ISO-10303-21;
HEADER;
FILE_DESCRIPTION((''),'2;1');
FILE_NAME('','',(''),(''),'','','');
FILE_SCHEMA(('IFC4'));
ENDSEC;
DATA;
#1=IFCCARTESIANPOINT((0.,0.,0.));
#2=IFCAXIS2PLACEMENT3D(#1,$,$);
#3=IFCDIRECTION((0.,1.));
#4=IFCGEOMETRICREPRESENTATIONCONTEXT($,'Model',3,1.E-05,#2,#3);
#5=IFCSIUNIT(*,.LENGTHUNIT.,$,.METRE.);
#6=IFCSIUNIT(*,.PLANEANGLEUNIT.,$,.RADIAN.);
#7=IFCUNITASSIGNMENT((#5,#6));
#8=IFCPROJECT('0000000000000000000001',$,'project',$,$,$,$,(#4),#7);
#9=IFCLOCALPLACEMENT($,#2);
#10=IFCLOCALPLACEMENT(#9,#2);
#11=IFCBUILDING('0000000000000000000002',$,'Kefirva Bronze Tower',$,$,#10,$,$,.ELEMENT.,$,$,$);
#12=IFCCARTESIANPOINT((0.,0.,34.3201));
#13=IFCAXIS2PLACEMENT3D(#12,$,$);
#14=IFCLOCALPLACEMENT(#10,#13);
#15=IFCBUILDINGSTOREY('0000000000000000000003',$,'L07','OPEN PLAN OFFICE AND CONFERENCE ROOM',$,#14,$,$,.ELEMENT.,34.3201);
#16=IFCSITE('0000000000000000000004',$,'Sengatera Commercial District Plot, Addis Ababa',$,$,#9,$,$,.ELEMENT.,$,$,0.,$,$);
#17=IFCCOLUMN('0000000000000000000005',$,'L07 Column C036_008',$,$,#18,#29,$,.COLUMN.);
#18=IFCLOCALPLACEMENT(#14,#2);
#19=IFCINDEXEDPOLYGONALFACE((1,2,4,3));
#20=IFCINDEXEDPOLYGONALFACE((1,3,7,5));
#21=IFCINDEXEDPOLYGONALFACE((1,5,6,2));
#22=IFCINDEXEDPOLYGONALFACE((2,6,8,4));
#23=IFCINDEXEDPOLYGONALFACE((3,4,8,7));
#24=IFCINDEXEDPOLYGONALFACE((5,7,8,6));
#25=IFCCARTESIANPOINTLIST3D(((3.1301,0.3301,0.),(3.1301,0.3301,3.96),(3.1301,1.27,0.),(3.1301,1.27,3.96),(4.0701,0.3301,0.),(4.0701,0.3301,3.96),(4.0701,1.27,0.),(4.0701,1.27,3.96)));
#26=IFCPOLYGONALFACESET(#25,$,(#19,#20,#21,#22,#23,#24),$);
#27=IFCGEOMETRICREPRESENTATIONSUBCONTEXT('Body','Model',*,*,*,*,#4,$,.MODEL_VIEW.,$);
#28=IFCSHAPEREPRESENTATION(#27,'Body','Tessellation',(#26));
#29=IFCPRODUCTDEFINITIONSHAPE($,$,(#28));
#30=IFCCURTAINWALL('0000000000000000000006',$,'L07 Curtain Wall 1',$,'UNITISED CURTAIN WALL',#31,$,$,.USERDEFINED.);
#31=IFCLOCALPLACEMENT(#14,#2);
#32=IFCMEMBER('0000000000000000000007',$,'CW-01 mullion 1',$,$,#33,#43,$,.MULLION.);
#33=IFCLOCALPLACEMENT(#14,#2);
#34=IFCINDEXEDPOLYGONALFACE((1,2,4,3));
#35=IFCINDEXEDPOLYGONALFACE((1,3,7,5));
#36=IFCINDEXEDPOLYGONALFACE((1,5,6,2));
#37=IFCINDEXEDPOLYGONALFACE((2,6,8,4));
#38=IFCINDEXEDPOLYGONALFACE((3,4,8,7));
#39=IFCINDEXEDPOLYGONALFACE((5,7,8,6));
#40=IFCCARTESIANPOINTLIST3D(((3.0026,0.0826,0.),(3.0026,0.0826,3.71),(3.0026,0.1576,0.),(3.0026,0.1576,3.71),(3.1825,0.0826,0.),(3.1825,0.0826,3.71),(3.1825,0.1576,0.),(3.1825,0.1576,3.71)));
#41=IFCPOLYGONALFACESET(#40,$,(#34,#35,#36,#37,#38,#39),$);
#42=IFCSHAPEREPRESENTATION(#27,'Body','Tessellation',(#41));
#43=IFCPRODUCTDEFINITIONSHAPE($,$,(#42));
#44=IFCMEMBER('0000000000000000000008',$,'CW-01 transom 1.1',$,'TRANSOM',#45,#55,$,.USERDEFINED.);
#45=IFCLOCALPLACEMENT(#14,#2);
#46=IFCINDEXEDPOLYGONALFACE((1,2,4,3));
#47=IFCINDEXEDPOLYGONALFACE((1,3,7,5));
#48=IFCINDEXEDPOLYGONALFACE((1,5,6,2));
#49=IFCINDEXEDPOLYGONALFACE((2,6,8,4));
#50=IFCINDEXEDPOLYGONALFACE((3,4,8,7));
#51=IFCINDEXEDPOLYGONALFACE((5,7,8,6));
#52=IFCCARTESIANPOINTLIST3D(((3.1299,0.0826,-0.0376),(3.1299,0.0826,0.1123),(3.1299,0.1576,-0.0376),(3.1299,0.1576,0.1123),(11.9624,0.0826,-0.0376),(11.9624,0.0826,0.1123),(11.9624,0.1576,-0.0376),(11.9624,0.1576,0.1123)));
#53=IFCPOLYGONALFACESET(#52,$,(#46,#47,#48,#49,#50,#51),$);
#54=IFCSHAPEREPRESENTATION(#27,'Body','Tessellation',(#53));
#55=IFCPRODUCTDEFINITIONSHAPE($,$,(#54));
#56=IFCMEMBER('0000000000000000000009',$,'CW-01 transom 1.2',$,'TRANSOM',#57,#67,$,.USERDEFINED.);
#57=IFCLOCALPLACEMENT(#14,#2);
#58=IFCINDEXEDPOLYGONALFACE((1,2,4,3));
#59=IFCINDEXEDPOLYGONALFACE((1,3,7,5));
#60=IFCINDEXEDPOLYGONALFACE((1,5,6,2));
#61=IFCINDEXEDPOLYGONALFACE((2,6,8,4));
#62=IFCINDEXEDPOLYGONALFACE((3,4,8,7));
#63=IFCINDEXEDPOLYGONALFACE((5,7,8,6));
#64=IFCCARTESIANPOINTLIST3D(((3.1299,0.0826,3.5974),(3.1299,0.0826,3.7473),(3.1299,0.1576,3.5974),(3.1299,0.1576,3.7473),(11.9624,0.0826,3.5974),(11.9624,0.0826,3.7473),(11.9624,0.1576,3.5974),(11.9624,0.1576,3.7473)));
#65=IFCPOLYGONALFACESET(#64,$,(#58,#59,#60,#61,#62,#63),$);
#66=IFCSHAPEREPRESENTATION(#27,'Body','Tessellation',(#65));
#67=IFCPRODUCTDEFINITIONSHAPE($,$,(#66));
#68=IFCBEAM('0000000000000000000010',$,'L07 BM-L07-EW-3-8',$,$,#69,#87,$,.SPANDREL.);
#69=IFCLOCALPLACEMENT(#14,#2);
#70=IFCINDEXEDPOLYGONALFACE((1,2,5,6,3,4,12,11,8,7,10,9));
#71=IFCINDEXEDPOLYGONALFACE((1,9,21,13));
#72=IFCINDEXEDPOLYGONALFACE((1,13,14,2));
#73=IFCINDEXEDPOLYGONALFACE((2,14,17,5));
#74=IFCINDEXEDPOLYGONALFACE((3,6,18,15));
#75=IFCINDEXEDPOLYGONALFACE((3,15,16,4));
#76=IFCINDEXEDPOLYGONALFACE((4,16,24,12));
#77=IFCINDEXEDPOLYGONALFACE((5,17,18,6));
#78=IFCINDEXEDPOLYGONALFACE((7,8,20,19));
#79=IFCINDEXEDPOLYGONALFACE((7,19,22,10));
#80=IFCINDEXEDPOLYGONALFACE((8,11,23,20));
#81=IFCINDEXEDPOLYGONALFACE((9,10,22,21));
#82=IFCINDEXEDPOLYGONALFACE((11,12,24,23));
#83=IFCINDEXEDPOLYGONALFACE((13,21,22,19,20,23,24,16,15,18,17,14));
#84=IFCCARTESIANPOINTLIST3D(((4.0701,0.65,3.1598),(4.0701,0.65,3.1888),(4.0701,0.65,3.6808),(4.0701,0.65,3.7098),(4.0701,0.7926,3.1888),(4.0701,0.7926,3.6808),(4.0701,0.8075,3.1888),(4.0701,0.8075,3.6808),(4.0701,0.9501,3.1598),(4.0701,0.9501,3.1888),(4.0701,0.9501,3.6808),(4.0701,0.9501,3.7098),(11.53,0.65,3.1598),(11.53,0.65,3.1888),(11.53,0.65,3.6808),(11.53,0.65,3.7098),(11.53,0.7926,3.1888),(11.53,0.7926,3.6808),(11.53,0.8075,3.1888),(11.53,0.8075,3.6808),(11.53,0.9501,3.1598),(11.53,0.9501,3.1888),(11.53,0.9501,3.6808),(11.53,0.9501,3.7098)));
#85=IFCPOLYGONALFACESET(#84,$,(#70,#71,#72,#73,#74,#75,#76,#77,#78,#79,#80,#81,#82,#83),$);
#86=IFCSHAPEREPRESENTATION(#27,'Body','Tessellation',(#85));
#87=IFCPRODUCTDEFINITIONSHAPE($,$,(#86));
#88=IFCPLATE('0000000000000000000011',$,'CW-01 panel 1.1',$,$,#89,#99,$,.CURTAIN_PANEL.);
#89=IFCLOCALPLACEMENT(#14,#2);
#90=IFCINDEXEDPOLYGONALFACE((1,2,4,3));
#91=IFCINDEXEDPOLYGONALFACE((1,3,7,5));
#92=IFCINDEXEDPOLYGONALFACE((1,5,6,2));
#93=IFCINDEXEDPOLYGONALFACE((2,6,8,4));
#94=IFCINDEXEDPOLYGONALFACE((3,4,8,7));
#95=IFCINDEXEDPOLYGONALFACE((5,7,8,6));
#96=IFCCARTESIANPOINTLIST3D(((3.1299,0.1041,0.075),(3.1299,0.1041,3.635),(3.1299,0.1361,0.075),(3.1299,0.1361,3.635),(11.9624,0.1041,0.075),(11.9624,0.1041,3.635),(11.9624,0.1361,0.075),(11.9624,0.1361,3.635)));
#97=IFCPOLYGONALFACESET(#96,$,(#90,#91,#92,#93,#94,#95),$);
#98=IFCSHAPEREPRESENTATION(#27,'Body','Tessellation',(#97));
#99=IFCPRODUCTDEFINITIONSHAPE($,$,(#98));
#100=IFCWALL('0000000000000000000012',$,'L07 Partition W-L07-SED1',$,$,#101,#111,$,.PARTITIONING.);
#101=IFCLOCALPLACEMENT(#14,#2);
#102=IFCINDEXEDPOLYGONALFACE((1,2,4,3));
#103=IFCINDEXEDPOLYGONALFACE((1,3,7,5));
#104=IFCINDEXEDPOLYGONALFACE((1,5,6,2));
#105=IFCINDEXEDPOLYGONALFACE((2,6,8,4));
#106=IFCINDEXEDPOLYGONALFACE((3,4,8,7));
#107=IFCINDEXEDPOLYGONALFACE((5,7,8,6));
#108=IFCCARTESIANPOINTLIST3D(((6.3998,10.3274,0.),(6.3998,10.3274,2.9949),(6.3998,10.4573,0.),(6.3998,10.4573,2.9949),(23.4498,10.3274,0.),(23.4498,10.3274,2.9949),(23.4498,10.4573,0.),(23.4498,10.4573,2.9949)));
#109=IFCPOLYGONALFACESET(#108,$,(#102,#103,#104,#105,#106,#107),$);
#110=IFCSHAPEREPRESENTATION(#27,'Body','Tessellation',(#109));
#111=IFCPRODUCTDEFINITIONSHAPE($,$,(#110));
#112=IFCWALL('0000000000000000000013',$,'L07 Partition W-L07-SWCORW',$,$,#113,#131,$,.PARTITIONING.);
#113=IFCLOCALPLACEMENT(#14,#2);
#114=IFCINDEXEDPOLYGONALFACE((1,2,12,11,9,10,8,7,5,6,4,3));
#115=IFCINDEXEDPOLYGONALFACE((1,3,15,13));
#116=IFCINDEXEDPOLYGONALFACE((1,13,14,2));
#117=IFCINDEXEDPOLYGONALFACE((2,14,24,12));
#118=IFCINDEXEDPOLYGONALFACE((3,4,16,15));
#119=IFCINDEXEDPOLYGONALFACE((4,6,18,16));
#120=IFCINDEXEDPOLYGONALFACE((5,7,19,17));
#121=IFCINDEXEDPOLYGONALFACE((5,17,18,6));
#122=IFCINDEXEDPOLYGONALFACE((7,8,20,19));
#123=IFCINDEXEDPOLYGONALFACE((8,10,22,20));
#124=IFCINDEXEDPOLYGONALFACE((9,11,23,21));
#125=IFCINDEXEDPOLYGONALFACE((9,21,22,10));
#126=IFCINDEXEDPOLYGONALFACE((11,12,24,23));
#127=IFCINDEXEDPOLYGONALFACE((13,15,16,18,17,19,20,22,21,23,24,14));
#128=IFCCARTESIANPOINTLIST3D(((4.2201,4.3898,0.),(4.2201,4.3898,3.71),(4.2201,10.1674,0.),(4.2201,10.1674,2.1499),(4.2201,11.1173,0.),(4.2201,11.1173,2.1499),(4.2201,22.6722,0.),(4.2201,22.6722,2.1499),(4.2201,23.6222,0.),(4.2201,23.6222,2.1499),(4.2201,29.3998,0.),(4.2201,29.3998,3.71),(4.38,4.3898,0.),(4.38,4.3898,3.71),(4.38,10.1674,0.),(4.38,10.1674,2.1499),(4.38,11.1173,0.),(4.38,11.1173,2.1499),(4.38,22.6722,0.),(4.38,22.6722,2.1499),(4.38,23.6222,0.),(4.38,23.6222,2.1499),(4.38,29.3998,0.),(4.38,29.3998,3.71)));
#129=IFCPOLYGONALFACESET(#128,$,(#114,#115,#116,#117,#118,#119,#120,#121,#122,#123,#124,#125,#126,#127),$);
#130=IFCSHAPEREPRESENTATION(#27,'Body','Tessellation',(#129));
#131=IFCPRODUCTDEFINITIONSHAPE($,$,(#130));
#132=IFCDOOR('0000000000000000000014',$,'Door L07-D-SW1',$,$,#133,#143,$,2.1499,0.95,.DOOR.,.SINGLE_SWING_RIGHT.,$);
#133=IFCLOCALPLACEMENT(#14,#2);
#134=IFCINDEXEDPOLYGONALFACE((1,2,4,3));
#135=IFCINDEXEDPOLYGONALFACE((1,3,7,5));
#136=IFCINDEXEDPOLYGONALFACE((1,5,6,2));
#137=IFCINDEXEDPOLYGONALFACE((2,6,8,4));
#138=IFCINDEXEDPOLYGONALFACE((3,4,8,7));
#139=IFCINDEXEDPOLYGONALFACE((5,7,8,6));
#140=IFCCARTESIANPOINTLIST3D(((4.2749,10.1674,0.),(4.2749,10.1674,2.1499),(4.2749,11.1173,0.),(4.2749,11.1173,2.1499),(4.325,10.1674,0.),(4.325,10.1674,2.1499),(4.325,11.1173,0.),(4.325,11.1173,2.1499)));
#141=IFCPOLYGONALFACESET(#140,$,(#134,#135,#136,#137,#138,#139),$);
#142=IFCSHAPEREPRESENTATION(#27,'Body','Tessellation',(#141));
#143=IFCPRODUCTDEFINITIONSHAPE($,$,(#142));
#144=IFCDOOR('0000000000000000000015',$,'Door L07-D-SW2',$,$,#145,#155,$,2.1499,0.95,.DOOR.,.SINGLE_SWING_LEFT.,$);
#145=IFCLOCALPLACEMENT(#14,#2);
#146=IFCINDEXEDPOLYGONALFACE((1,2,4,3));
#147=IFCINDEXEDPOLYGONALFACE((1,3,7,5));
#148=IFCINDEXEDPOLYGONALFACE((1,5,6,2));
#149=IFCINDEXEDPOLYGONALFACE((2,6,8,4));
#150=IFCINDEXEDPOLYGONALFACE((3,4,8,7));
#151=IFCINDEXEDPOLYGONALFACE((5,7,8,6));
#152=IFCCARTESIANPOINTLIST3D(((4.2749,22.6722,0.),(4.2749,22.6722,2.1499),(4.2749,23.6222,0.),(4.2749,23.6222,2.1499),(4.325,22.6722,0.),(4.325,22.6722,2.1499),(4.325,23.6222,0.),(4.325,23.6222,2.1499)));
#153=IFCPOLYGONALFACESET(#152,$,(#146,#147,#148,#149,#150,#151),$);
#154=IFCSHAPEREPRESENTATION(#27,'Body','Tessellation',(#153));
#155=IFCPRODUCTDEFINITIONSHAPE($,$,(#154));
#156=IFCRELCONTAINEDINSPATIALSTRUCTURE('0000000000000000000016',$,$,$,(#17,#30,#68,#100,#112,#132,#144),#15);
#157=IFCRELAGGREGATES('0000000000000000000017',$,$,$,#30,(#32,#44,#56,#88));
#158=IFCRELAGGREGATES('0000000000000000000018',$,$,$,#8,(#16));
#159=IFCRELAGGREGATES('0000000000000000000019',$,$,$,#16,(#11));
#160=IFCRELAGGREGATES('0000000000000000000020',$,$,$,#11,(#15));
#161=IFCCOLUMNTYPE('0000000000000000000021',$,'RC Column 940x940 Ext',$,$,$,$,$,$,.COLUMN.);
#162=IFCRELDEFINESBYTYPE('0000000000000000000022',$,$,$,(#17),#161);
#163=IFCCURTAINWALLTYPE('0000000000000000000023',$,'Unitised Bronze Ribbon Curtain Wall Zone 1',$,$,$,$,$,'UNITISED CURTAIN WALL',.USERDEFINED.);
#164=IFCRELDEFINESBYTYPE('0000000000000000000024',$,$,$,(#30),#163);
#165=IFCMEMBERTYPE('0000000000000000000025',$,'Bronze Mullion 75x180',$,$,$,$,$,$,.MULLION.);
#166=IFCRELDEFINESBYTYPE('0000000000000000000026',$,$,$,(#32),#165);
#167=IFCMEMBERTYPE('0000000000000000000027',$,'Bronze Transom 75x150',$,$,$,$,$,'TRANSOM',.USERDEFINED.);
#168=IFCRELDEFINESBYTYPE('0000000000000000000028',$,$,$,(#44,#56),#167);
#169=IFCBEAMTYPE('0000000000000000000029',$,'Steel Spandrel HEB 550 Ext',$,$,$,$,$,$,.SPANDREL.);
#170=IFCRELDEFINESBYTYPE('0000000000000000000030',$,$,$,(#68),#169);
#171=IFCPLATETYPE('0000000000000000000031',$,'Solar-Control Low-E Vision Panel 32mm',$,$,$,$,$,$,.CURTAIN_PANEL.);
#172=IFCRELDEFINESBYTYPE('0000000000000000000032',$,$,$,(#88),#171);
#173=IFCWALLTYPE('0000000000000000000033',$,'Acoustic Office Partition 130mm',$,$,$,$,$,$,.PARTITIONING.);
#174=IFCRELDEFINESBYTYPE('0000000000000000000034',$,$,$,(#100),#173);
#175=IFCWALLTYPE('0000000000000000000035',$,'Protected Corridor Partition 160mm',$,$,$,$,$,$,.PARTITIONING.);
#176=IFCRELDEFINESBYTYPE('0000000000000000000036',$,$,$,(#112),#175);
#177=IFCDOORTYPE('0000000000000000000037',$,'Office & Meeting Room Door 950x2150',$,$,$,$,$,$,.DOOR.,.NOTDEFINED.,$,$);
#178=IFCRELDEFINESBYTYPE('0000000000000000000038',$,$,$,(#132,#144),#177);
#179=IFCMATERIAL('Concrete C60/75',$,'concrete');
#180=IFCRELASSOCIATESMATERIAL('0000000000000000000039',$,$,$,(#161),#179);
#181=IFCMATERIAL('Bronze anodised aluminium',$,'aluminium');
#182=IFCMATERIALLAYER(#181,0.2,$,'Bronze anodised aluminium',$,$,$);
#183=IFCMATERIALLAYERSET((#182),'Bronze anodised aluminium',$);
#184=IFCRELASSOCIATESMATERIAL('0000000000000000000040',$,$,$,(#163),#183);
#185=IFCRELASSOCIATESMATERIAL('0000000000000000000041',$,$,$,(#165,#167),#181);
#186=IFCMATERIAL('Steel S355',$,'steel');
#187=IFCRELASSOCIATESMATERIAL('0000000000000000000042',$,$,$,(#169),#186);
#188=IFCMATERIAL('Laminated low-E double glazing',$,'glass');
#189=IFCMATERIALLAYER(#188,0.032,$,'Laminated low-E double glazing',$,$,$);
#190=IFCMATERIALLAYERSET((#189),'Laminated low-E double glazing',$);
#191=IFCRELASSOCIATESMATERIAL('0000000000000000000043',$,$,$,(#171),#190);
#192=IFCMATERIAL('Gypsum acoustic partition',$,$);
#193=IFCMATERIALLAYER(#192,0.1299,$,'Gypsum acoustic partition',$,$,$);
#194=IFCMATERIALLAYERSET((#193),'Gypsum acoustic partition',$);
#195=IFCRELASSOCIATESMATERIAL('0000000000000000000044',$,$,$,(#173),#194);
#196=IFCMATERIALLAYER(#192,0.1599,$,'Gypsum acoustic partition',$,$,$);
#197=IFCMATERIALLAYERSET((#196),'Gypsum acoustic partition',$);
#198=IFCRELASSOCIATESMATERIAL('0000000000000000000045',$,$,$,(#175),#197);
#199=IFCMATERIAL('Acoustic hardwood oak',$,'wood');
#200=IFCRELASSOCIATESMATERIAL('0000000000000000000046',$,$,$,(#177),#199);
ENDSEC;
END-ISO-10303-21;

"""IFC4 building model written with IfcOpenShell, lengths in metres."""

from ifc_helpers import new_model, si_unit, direction, frame, frame_2d, origin, origin_2d, place, context, subcontext, project, spatial, rectangle, i_section, extrude, material, layer, layer_set, material_profile, profile_set, type_object, element, fill, aggregate, save


model = new_model("IFC4")

# Units and contexts
model_context = context("Model", 3, precision=1e-05, world=origin(), true_north=direction((0.0, 1.0)))
body_context = subcontext(model_context, "Body", "Model", "MODEL_VIEW")
ifc_project = project(units=[si_unit("LENGTHUNIT", "METRE"), si_unit("PLANEANGLEUNIT", "RADIAN")], contexts=[model_context])

# Site, building, storey
site_placement = place(None, origin())
site = spatial("IfcSite", under=ifc_project, at=site_placement, Name="Sengatera Commercial District Plot, Addis Ababa", CompositionType="ELEMENT", RefElevation=0.0)
building_placement = place(site_placement, origin())
building = spatial("IfcBuilding", under=site, at=building_placement, Name="Kefirva Bronze Tower", CompositionType="ELEMENT")
storey_placement = place(building_placement, frame((0.0, 0.0, 34.3201)))
storey = spatial("IfcBuildingStorey", under=building, at=storey_placement, Name="L07", Description="OPEN PLAN OFFICE AND CONFERENCE ROOM", CompositionType="ELEMENT", Elevation=34.3201)

# Column
ifc_material_1 = material(Name="Concrete C60/75", Category="concrete")
ifc_material_profile_1 = material_profile(ifc_material_1, rectangle(XDim=0.9399, YDim=0.9399, at=origin_2d()), Name="RC 940x940")
ifc_profile_set_1 = profile_set([ifc_material_profile_1], Name="Concrete C60/75")
column_type = type_object("IfcColumnType", Name="RC Column 940x940 Ext", PredefinedType="COLUMN", material=ifc_profile_set_1)
column_placement = place(storey_placement, frame((3.6001, 0.8, 0.0), z_axis=(0.0, 0.0, 1.0), x_axis=(1.0, 0.0, 0.0)))
element("IfcColumn", 1, at=column_placement, inside=storey, type_object=column_type, Name="L07 Column C036_008", PredefinedType="COLUMN", context=body_context, shape_type="SweptSolid", body=[
    extrude(rectangle(XDim=0.9399, YDim=0.9399, at=origin_2d()), origin(), (0.0, 0.0, 1.0), 3.96),
])

# Curtain wall, members
ifc_material_2 = material(Name="Bronze anodised aluminium", Category="aluminium")
ifc_layer_1 = layer(ifc_material_2, 0.2, Name="Bronze anodised aluminium")
ifc_layer_set_1 = layer_set([ifc_layer_1], Name="Bronze anodised aluminium")
curtain_wall_type = type_object("IfcCurtainWallType", Name="Unitised Bronze Ribbon Curtain Wall Zone 1", ElementType="UNITISED CURTAIN WALL", PredefinedType="USERDEFINED", material=ifc_layer_set_1)
curtain_wall_placement = place(storey_placement, origin())
curtain_wall = element("IfcCurtainWall", 2, at=curtain_wall_placement, inside=storey, type_object=curtain_wall_type, Name="L07 Curtain Wall 1", ObjectType="UNITISED CURTAIN WALL", PredefinedType="USERDEFINED")
ifc_material_profile_2 = material_profile(ifc_material_2, rectangle(XDim=0.075, YDim=0.1799, at=origin_2d()), Name="ALU 75x180")
ifc_profile_set_2 = profile_set([ifc_material_profile_2], Name="Bronze anodised aluminium")
member_type_1 = type_object("IfcMemberType", Name="Bronze Mullion 75x180", PredefinedType="MULLION", material=ifc_profile_set_2)
member_1_placement = place(storey_placement, frame((3.0925, 0.1201, 0.0), z_axis=(0.0, 0.0, 1.0), x_axis=(0.0, 1.0, 0.0)))
member_1 = element("IfcMember", 3, at=member_1_placement, type_object=member_type_1, Name="CW-01 mullion 1", PredefinedType="MULLION", context=body_context, shape_type="SweptSolid", body=[
    extrude(rectangle(XDim=0.075, YDim=0.1799, at=origin_2d()), origin(), (0.0, 0.0, 1.0), 3.71),
])
ifc_material_profile_3 = material_profile(ifc_material_2, rectangle(XDim=0.075, YDim=0.1499, at=origin_2d()), Name="ALU 75x150")
ifc_profile_set_3 = profile_set([ifc_material_profile_3], Name="Bronze anodised aluminium")
member_type_2 = type_object("IfcMemberType", Name="Bronze Transom 75x150", ElementType="TRANSOM", PredefinedType="USERDEFINED", material=ifc_profile_set_3)
member_2_placement = place(storey_placement, frame((3.1299, 0.1201, 0.0374), z_axis=(1.0, 0.0, 0.0), x_axis=(0.0, 1.0, 0.0)))
member_2 = element("IfcMember", 4, at=member_2_placement, type_object=member_type_2, Name="CW-01 transom 1.1", ObjectType="TRANSOM", PredefinedType="USERDEFINED", context=body_context, shape_type="SweptSolid", body=[
    extrude(rectangle(XDim=0.075, YDim=0.1499, at=origin_2d()), origin(), (0.0, 0.0, 1.0), 8.8325),
])
member_3_placement = place(storey_placement, frame((3.1299, 0.1201, 3.6724), z_axis=(1.0, 0.0, 0.0), x_axis=(0.0, 1.0, 0.0)))
member_3 = element("IfcMember", 5, at=member_3_placement, type_object=member_type_2, Name="CW-01 transom 1.2", ObjectType="TRANSOM", PredefinedType="USERDEFINED", context=body_context, shape_type="SweptSolid", body=[
    extrude(rectangle(XDim=0.075, YDim=0.1499, at=origin_2d()), origin(), (0.0, 0.0, 1.0), 8.8325),
])

# Beam
ifc_material_3 = material(Name="Steel S355", Category="steel")
ifc_material_profile_4 = material_profile(ifc_material_3, i_section(OverallWidth=0.3, OverallDepth=0.55, WebThickness=0.0149, FlangeThickness=0.0291, at=origin_2d()), Name="HEB 550")
ifc_profile_set_4 = profile_set([ifc_material_profile_4], Name="Steel S355")
beam_type = type_object("IfcBeamType", Name="Steel Spandrel HEB 550 Ext", PredefinedType="SPANDREL", material=ifc_profile_set_4)
beam_placement = place(storey_placement, frame((4.0701, 0.8, 3.4348), z_axis=(1.0, 0.0, 0.0), x_axis=(0.0, 1.0, 0.0)))
element("IfcBeam", 6, at=beam_placement, inside=storey, type_object=beam_type, Name="L07 BM-L07-EW-3-8", PredefinedType="SPANDREL", context=body_context, shape_type="SweptSolid", body=[
    extrude(i_section(OverallWidth=0.3, OverallDepth=0.55, WebThickness=0.0149, FlangeThickness=0.0291, at=origin_2d()), origin(), (0.0, 0.0, 1.0), 7.46),
])

# Plate
ifc_material_4 = material(Name="Laminated low-E double glazing", Category="glass")
ifc_layer_2 = layer(ifc_material_4, 0.032, Name="Laminated low-E double glazing")
ifc_layer_set_2 = layer_set([ifc_layer_2], Name="Laminated low-E double glazing")
plate_type = type_object("IfcPlateType", Name="Solar-Control Low-E Vision Panel 32mm", PredefinedType="CURTAIN_PANEL", material=ifc_layer_set_2)
plate_placement = place(storey_placement, frame((7.5461, 0.1201, 0.075), z_axis=(0.0, 0.0, 1.0), x_axis=(1.0, 0.0, 0.0)))
plate = element("IfcPlate", 7, at=plate_placement, type_object=plate_type, Name="CW-01 panel 1.1", PredefinedType="CURTAIN_PANEL", context=body_context, shape_type="SweptSolid", body=[
    extrude(rectangle(XDim=8.8325, YDim=0.032, at=origin_2d()), origin(), (0.0, 0.0, 1.0), 3.5601),
])
aggregate(curtain_wall, [member_1, member_2, member_3, plate])

# Wall
ifc_material_5 = material(Name="Gypsum acoustic partition")
ifc_layer_3 = layer(ifc_material_5, 0.1299, Name="Gypsum acoustic partition")
ifc_layer_set_3 = layer_set([ifc_layer_3], Name="Gypsum acoustic partition")
wall_type_1 = type_object("IfcWallType", Name="Acoustic Office Partition 130mm", PredefinedType="PARTITIONING", material=ifc_layer_set_3)
wall_1_placement = place(storey_placement, frame((6.3999, 10.3923, 0.0), z_axis=(0.0, 0.0, 1.0), x_axis=(1.0, 0.0, 0.0)))
element("IfcWall", 8, at=wall_1_placement, inside=storey, type_object=wall_type_1, Name="L07 Partition W-L07-SED1", PredefinedType="PARTITIONING", context=body_context, shape_type="SweptSolid", body=[
    extrude(rectangle(XDim=17.05, YDim=0.1299, at=frame_2d((8.5249, 0.0))), origin(), (0.0, 0.0, 1.0), 2.9949),
])

# Wall, openings, doors
ifc_layer_4 = layer(ifc_material_5, 0.1599, Name="Gypsum acoustic partition")
ifc_layer_set_4 = layer_set([ifc_layer_4], Name="Gypsum acoustic partition")
wall_type_2 = type_object("IfcWallType", Name="Protected Corridor Partition 160mm", PredefinedType="PARTITIONING", material=ifc_layer_set_4)
wall_2_placement = place(storey_placement, frame((4.3, 4.3899, 0.0), z_axis=(0.0, 0.0, 1.0), x_axis=(0.0, 1.0, 0.0)))
wall_2 = element("IfcWall", 9, at=wall_2_placement, inside=storey, type_object=wall_type_2, Name="L07 Partition W-L07-SWCORW", PredefinedType="PARTITIONING", context=body_context, shape_type="SweptSolid", body=[
    extrude(rectangle(XDim=25.01, YDim=0.1599, at=frame_2d((12.5049, 0.0))), origin(), (0.0, 0.0, 1.0), 3.71),
])
opening_1_placement = place(wall_2_placement, frame((6.7275, 0.0, 0.0), z_axis=(0.0, 0.0, 1.0), x_axis=(-1.0, 0.0, 0.0)))
opening_1 = element("IfcOpeningElement", 10, at=opening_1_placement, cuts=wall_2, PredefinedType="OPENING", context=body_context, shape_type="SweptSolid", body=[
    extrude(rectangle(XDim=0.95, YDim=2.1499, at=frame_2d((0.4751, 1.075))), frame((0.0, 0.0898, 0.0), z_axis=(0.0, -1.0, 0.0), x_axis=(1.0, 0.0, 0.0)), (0.0, 0.0, 1.0), 0.1799),
])
opening_2_placement = place(wall_2_placement, frame((19.2324, 0.0, 0.0), z_axis=(0.0, 0.0, 1.0), x_axis=(-1.0, 0.0, 0.0)))
opening_2 = element("IfcOpeningElement", 11, at=opening_2_placement, cuts=wall_2, PredefinedType="OPENING", context=body_context, shape_type="SweptSolid", body=[
    extrude(rectangle(XDim=0.95, YDim=2.1499, at=frame_2d((0.4751, 1.075))), frame((0.0, 0.0898, 0.0), z_axis=(0.0, -1.0, 0.0), x_axis=(1.0, 0.0, 0.0)), (0.0, 0.0, 1.0), 0.1799),
])
ifc_material_6 = material(Name="Acoustic hardwood oak", Category="wood")
door_type = type_object("IfcDoorType", Name="Office & Meeting Room Door 950x2150", OperationType="NOTDEFINED", PredefinedType="DOOR", material=ifc_material_6)
door_1_placement = place(opening_1_placement, origin())
door_1 = element("IfcDoor", 12, at=door_1_placement, inside=storey, type_object=door_type, Name="Door L07-D-SW1", OperationType="SINGLE_SWING_RIGHT", OverallHeight=2.1499, OverallWidth=0.95, PredefinedType="DOOR", context=body_context, shape_type="SweptSolid", body=[
    extrude(rectangle(XDim=0.95, YDim=2.1499, at=frame_2d((0.4751, 1.075))), frame((0.0, 0.0249, 0.0), z_axis=(0.0, -1.0, 0.0), x_axis=(1.0, 0.0, 0.0)), (0.0, 0.0, 1.0), 0.05),
])
fill(opening_1, door_1)
door_2_placement = place(opening_2_placement, origin())
door_2 = element("IfcDoor", 13, at=door_2_placement, inside=storey, type_object=door_type, Name="Door L07-D-SW2", OperationType="SINGLE_SWING_LEFT", OverallHeight=2.1499, OverallWidth=0.95, PredefinedType="DOOR", context=body_context, shape_type="SweptSolid", body=[
    extrude(rectangle(XDim=0.95, YDim=2.1499, at=frame_2d((0.4751, 1.075))), frame((0.0, 0.0249, 0.0), z_axis=(0.0, -1.0, 0.0), x_axis=(1.0, 0.0, 0.0)), (0.0, 0.0, 1.0), 0.05),
])
fill(opening_2, door_2)

save(model, "model.ifc")
